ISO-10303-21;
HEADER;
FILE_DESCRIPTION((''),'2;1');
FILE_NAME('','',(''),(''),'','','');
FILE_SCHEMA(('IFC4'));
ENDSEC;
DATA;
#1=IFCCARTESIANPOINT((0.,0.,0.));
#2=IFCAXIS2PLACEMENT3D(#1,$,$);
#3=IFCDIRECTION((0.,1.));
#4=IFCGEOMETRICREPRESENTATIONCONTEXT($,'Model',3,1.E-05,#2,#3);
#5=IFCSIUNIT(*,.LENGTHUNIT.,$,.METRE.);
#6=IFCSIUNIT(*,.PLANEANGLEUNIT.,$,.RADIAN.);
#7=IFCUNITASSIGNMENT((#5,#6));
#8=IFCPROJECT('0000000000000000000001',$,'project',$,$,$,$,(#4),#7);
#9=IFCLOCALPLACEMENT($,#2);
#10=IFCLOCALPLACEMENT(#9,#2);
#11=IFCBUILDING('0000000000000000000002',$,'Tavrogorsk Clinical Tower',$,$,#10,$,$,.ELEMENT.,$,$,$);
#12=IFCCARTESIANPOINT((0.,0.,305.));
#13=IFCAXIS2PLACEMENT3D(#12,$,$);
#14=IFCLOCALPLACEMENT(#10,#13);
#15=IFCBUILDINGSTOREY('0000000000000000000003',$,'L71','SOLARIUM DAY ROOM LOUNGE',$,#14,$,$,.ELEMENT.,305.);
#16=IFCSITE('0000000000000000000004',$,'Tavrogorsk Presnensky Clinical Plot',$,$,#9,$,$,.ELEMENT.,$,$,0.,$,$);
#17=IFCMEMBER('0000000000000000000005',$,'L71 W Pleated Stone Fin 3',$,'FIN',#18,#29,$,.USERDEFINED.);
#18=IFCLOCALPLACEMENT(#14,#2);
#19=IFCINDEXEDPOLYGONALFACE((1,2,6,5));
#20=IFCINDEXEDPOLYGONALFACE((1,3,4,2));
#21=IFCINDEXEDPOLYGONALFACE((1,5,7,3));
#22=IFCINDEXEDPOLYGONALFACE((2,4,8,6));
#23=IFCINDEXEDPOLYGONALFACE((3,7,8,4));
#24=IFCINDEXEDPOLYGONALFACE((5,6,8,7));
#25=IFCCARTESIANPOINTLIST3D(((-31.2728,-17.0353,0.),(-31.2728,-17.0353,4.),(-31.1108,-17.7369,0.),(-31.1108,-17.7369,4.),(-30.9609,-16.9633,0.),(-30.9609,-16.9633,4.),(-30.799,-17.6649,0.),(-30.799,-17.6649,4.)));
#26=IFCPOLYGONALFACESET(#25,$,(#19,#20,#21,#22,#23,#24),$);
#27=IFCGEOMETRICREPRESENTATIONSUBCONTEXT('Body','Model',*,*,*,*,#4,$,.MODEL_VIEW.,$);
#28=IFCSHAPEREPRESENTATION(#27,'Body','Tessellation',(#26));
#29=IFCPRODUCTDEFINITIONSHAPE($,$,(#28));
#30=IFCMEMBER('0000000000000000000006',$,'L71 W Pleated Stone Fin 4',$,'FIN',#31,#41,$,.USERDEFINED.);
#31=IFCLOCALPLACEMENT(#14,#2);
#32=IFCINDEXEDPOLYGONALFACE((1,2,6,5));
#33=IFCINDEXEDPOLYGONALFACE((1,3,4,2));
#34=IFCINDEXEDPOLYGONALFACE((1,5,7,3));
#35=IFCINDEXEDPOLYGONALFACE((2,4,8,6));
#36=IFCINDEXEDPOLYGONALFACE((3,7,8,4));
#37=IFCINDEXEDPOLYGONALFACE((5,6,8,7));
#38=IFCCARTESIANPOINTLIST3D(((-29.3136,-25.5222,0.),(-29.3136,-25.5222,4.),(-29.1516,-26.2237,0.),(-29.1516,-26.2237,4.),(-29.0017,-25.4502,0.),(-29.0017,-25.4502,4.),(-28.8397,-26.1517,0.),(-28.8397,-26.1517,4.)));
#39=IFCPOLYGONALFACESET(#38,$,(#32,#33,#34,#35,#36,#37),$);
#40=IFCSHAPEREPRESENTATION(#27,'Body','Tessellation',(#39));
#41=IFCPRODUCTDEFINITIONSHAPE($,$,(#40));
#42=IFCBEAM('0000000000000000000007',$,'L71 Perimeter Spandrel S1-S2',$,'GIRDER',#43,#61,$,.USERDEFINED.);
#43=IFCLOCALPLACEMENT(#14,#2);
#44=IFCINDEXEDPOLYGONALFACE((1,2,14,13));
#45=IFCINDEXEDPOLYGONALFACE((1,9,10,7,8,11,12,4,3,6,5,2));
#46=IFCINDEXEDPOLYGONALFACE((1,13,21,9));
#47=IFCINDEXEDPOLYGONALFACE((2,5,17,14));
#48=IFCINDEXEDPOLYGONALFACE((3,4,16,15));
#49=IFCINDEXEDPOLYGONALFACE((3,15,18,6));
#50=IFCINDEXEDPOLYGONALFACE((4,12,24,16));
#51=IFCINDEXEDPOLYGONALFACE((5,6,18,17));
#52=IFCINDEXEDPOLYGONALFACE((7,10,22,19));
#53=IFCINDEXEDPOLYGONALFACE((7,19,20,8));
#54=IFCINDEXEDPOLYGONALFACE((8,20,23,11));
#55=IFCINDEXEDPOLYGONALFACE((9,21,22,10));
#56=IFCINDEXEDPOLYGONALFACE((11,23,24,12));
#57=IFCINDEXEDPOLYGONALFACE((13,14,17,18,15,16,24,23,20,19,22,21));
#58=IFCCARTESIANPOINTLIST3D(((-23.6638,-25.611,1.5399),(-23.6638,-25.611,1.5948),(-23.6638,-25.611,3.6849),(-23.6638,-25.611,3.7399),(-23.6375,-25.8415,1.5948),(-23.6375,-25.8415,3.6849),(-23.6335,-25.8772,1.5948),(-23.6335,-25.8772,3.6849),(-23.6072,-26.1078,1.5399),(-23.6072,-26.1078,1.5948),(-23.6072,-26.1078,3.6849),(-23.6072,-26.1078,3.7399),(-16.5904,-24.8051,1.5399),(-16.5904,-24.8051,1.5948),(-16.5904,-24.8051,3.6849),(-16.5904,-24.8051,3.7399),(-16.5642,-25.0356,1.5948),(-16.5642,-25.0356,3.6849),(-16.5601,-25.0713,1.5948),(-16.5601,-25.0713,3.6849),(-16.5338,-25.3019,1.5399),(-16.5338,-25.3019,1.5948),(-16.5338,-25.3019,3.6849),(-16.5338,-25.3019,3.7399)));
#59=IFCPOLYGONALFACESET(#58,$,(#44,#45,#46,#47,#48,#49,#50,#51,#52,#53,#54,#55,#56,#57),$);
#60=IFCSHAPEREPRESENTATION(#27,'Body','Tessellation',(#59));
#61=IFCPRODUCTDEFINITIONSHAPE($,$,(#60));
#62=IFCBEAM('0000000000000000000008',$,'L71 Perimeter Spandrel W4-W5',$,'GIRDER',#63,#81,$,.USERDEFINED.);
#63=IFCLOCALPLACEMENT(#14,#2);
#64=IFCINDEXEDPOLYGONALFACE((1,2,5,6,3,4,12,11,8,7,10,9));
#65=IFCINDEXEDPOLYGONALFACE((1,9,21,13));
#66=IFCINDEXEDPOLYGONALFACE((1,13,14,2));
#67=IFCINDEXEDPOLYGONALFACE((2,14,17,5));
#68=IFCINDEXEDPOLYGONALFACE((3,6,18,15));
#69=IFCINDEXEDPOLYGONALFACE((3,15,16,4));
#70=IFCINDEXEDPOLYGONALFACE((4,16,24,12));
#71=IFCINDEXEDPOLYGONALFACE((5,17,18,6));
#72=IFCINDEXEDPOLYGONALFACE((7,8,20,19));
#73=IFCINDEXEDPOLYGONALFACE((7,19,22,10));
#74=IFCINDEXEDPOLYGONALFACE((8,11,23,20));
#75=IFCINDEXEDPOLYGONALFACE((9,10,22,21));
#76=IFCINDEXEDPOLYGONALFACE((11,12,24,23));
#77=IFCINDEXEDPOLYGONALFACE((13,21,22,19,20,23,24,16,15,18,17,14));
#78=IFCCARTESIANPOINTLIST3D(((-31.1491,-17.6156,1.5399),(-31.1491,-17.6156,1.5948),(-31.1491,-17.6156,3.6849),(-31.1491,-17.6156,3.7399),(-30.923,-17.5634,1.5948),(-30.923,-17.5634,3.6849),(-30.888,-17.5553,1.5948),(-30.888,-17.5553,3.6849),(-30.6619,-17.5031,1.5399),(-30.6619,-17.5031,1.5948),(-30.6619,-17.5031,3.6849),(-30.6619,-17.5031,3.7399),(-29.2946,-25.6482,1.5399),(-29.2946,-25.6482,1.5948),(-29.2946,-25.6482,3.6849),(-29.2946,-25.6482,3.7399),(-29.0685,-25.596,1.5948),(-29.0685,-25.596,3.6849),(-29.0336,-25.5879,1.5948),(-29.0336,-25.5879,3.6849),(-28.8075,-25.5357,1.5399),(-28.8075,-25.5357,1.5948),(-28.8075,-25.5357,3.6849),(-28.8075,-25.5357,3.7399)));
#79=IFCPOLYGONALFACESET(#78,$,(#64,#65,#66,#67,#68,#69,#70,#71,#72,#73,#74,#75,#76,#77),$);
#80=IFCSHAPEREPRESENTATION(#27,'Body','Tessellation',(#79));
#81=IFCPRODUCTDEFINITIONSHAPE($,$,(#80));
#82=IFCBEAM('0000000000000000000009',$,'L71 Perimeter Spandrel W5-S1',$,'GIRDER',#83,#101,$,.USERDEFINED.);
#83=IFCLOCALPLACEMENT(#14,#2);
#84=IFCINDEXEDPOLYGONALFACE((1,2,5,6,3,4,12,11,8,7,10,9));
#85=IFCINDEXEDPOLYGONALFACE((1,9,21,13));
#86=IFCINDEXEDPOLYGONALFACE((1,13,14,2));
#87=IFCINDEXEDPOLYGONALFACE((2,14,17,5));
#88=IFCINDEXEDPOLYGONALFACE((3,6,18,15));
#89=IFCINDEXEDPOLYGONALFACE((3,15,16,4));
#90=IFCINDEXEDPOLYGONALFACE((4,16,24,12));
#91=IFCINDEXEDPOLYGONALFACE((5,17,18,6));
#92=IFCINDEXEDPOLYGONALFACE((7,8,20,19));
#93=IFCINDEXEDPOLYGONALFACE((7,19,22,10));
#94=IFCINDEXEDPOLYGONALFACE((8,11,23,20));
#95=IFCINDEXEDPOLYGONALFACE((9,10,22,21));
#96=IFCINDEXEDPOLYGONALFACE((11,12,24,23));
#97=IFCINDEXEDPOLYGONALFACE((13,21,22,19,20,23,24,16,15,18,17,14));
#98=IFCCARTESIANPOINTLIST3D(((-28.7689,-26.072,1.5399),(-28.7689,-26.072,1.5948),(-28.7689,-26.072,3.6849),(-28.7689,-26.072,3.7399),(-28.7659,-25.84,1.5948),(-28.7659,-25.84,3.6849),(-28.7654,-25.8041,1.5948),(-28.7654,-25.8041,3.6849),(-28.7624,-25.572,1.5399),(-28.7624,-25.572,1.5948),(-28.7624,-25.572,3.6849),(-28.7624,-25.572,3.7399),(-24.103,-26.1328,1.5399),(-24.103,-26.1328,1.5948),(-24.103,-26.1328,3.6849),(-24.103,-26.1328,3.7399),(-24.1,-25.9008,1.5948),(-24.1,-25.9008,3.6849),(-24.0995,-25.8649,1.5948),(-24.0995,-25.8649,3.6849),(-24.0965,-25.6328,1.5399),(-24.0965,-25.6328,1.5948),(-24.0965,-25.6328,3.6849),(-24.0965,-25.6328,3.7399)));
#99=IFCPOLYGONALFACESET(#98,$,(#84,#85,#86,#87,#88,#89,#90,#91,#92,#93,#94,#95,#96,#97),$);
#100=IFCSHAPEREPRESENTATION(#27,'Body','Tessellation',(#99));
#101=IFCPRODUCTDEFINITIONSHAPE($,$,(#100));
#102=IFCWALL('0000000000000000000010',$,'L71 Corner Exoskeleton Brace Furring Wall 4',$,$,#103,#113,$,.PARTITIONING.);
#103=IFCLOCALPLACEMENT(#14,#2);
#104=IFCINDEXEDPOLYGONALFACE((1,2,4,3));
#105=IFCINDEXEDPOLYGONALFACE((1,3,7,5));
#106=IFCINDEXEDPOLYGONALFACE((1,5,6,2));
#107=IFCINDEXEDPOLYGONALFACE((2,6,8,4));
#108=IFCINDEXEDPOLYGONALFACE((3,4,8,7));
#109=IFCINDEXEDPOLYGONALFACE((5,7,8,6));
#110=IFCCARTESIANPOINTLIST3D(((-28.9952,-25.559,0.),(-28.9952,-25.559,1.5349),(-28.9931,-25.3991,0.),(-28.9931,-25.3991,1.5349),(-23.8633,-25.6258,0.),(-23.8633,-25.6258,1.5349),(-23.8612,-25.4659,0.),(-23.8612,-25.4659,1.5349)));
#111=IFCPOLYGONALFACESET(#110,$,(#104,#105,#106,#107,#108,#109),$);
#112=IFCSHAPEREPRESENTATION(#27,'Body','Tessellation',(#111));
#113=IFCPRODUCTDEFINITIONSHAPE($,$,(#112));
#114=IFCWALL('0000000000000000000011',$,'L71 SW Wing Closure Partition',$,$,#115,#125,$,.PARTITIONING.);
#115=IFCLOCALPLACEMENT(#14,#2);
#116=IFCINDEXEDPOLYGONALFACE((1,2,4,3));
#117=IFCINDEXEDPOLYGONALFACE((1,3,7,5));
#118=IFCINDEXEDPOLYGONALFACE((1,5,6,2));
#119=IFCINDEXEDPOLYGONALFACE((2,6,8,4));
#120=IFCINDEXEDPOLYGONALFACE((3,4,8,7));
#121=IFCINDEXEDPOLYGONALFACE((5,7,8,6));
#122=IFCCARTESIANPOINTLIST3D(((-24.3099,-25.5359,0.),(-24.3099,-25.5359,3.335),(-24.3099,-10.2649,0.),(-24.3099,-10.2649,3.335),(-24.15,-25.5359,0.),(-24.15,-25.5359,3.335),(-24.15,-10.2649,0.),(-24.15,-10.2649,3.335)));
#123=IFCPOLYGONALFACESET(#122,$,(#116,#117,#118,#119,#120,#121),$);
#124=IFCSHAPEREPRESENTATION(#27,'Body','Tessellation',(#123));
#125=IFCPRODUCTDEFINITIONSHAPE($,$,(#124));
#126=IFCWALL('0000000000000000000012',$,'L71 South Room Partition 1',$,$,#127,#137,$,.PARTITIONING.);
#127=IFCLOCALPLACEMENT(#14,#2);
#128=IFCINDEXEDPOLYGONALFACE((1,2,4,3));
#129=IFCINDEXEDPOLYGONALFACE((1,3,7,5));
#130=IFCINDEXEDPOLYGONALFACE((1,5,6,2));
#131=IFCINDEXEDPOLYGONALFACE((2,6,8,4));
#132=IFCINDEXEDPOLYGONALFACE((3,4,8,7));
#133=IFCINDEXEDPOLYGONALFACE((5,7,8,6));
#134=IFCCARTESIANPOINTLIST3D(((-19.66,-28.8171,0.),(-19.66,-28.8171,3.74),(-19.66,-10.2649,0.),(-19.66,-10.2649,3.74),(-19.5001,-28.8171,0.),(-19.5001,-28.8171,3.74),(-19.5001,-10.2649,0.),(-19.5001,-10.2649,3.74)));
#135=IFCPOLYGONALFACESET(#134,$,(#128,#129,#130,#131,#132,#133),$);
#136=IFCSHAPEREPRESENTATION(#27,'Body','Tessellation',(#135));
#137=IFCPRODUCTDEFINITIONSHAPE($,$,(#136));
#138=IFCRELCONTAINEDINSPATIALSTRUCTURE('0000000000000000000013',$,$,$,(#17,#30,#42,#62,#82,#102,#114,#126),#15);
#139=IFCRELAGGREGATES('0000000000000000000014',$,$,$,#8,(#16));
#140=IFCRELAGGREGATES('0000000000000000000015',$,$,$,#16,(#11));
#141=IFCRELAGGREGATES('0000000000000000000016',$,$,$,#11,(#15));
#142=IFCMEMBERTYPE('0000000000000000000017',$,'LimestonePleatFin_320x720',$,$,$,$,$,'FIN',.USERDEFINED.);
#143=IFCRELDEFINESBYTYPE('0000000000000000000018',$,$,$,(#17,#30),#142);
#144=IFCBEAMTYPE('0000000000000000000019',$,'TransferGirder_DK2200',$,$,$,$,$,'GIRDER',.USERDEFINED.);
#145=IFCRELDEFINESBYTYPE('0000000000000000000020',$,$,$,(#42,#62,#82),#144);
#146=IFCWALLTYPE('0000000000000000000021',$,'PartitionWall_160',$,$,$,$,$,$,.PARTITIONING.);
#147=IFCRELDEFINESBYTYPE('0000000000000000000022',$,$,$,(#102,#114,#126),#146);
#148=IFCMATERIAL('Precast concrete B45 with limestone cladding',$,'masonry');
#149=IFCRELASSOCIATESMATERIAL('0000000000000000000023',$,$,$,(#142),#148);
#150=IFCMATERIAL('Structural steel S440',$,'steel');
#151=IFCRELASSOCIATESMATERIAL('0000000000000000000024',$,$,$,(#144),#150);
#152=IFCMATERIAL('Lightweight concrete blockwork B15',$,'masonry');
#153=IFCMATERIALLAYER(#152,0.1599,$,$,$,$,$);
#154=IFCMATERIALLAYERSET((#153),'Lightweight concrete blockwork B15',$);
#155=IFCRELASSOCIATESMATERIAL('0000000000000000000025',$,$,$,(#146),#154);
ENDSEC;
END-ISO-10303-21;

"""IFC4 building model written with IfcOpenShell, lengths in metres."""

from ifc_helpers import new_model, si_unit, direction, frame, frame_2d, origin, origin_2d, place, context, subcontext, project, spatial, rectangle, i_section, extrude, material, layer, layer_set, material_profile, profile_set, type_object, element, save


model = new_model("IFC4")

# Units and contexts
model_context = context("Model", 3, precision=1e-05, world=origin(), true_north=direction((0.0, 1.0)))
body_context = subcontext(model_context, "Body", "Model", "MODEL_VIEW")
ifc_project = project(units=[si_unit("LENGTHUNIT", "METRE"), si_unit("PLANEANGLEUNIT", "RADIAN")], contexts=[model_context])

# Site, building, storey
site_placement = place(None, origin())
site = spatial("IfcSite", under=ifc_project, at=site_placement, Name="Tavrogorsk Presnensky Clinical Plot", CompositionType="ELEMENT", RefElevation=0.0)
building_placement = place(site_placement, origin())
building = spatial("IfcBuilding", under=site, at=building_placement, Name="Tavrogorsk Clinical Tower", CompositionType="ELEMENT")
storey_placement = place(building_placement, frame((0.0, 0.0, 305.0)))
storey = spatial("IfcBuildingStorey", under=building, at=storey_placement, Name="L71", Description="SOLARIUM DAY ROOM LOUNGE", CompositionType="ELEMENT", Elevation=305.0)

# Members
ifc_material_1 = material(Name="Precast concrete B45 with limestone cladding", Category="masonry")
ifc_material_profile_1 = material_profile(ifc_material_1, rectangle(XDim=0.3201, YDim=0.72, at=origin_2d()), Name="LIMESTONE-FIN-320x720")
ifc_profile_set_1 = profile_set([ifc_material_profile_1], Name="Precast concrete B45 with limestone cladding")
member_type_1 = type_object("IfcMemberType", Name="LimestonePleatFin_320x720", ElementType="FIN", PredefinedType="USERDEFINED", material=ifc_profile_set_1)
for number, where, z_axis, x_axis, name in (
    (1, (-31.0359, -17.3501, 0.0), (0.0, 0.0, 1.0), (0.97437, 0.224951, 0.0), "L71 W Pleated Stone Fin 3"),
    (2, (-29.0767, -25.8369, 0.0), (0.0, 0.0, 1.0), (0.97437, 0.224951, 0.0), "L71 W Pleated Stone Fin 4"),
):
    element("IfcMember", number, at=place(storey_placement, frame(where, z_axis=z_axis, x_axis=x_axis)), inside=storey, type_object=member_type_1, Name=name, ObjectType="FIN", PredefinedType="USERDEFINED", context=body_context, shape_type="SweptSolid", body=[
        extrude(rectangle(XDim=0.3201, YDim=0.72, at=origin_2d()), origin(), (0.0, 0.0, 1.0), 4.0),
    ])

# Beams
ifc_material_2 = material(Name="Structural steel S440", Category="steel")
ifc_material_profile_2 = material_profile(ifc_material_2, i_section(OverallWidth=0.5, OverallDepth=2.2, WebThickness=0.0359, FlangeThickness=0.0549, at=origin_2d()), Name="DK-2200x500x36x55")
ifc_profile_set_2 = profile_set([ifc_material_profile_2], Name="Structural steel S440")
beam_type_1 = type_object("IfcBeamType", Name="TransferGirder_DK2200", ElementType="GIRDER", PredefinedType="USERDEFINED", material=ifc_profile_set_2)
beam_1_placement = place(storey_placement, frame((-23.6355, -25.8594, 2.6399), z_axis=(0.993572, 0.113201, 0.0), x_axis=(-0.113201, 0.993572, 0.0)))
element("IfcBeam", 3, at=beam_1_placement, inside=storey, type_object=beam_type_1, Name="L71 Perimeter Spandrel S1-S2", ObjectType="GIRDER", PredefinedType="USERDEFINED", context=body_context, shape_type="SweptSolid", body=[
    extrude(i_section(OverallWidth=0.5, OverallDepth=2.2, WebThickness=0.0359, FlangeThickness=0.0549, at=origin_2d()), origin(), (0.0, 0.0, 1.0), 7.1191),
])
beam_2_placement = place(storey_placement, frame((-30.9055, -17.5593, 2.6399), z_axis=(0.22495, -0.97437, 0.0), x_axis=(0.97437, 0.22495, 0.0)))
element("IfcBeam", 4, at=beam_2_placement, inside=storey, type_object=beam_type_1, Name="L71 Perimeter Spandrel W4-W5", ObjectType="GIRDER", PredefinedType="USERDEFINED", context=body_context, shape_type="SweptSolid", body=[
    extrude(i_section(OverallWidth=0.5, OverallDepth=2.2, WebThickness=0.0359, FlangeThickness=0.0549, at=origin_2d()), origin(), (0.0, 0.0, 1.0), 8.2439),
])
beam_3_placement = place(storey_placement, frame((-28.7656, -25.822, 2.6399), z_axis=(0.999915, -0.013028, 0.0), x_axis=(0.013028, 0.999915, 0.0)))
element("IfcBeam", 5, at=beam_3_placement, inside=storey, type_object=beam_type_1, Name="L71 Perimeter Spandrel W5-S1", ObjectType="GIRDER", PredefinedType="USERDEFINED", context=body_context, shape_type="SweptSolid", body=[
    extrude(i_section(OverallWidth=0.5, OverallDepth=2.2, WebThickness=0.0359, FlangeThickness=0.0549, at=origin_2d()), origin(), (0.0, 0.0, 1.0), 4.6663),
])

# Walls
ifc_material_3 = material(Name="Lightweight concrete blockwork B15", Category="masonry")
ifc_layer_1 = layer(ifc_material_3, 0.1599)
ifc_layer_set_1 = layer_set([ifc_layer_1], Name="Lightweight concrete blockwork B15")
wall_type_1 = type_object("IfcWallType", Name="PartitionWall_160", PredefinedType="PARTITIONING", material=ifc_layer_set_1)
wall_1_placement = place(storey_placement, frame((-28.9941, -25.479, 0.0), z_axis=(0.0, 0.0, 1.0), x_axis=(0.999915, -0.013034, 0.0)))
element("IfcWall", 6, at=wall_1_placement, inside=storey, type_object=wall_type_1, Name="L71 Corner Exoskeleton Brace Furring Wall 4", PredefinedType="PARTITIONING", context=body_context, shape_type="SweptSolid", body=[
    extrude(rectangle(XDim=5.1323, YDim=0.1599, at=frame_2d((2.5662, 0.0))), origin(), (0.0, 0.0, 1.0), 1.5349),
])
wall_2_placement = place(storey_placement, frame((-24.23, -25.5359, 0.0), z_axis=(0.0, 0.0, 1.0), x_axis=(0.0, 1.0, 0.0)))
element("IfcWall", 7, at=wall_2_placement, inside=storey, type_object=wall_type_1, Name="L71 SW Wing Closure Partition", PredefinedType="PARTITIONING", context=body_context, shape_type="SweptSolid", body=[
    extrude(rectangle(XDim=15.271, YDim=0.1599, at=frame_2d((7.6355, 0.0))), origin(), (0.0, 0.0, 1.0), 3.335),
])
wall_3_placement = place(storey_placement, frame((-19.5801, -28.8171, 0.0), z_axis=(0.0, 0.0, 1.0), x_axis=(0.0, 1.0, 0.0)))
element("IfcWall", 8, at=wall_3_placement, inside=storey, type_object=wall_type_1, Name="L71 South Room Partition 1", PredefinedType="PARTITIONING", context=body_context, shape_type="SweptSolid", body=[
    extrude(rectangle(XDim=18.5522, YDim=0.1599, at=frame_2d((9.2761, 0.0))), origin(), (0.0, 0.0, 1.0), 3.74),
])

save(model, "model.ifc")
